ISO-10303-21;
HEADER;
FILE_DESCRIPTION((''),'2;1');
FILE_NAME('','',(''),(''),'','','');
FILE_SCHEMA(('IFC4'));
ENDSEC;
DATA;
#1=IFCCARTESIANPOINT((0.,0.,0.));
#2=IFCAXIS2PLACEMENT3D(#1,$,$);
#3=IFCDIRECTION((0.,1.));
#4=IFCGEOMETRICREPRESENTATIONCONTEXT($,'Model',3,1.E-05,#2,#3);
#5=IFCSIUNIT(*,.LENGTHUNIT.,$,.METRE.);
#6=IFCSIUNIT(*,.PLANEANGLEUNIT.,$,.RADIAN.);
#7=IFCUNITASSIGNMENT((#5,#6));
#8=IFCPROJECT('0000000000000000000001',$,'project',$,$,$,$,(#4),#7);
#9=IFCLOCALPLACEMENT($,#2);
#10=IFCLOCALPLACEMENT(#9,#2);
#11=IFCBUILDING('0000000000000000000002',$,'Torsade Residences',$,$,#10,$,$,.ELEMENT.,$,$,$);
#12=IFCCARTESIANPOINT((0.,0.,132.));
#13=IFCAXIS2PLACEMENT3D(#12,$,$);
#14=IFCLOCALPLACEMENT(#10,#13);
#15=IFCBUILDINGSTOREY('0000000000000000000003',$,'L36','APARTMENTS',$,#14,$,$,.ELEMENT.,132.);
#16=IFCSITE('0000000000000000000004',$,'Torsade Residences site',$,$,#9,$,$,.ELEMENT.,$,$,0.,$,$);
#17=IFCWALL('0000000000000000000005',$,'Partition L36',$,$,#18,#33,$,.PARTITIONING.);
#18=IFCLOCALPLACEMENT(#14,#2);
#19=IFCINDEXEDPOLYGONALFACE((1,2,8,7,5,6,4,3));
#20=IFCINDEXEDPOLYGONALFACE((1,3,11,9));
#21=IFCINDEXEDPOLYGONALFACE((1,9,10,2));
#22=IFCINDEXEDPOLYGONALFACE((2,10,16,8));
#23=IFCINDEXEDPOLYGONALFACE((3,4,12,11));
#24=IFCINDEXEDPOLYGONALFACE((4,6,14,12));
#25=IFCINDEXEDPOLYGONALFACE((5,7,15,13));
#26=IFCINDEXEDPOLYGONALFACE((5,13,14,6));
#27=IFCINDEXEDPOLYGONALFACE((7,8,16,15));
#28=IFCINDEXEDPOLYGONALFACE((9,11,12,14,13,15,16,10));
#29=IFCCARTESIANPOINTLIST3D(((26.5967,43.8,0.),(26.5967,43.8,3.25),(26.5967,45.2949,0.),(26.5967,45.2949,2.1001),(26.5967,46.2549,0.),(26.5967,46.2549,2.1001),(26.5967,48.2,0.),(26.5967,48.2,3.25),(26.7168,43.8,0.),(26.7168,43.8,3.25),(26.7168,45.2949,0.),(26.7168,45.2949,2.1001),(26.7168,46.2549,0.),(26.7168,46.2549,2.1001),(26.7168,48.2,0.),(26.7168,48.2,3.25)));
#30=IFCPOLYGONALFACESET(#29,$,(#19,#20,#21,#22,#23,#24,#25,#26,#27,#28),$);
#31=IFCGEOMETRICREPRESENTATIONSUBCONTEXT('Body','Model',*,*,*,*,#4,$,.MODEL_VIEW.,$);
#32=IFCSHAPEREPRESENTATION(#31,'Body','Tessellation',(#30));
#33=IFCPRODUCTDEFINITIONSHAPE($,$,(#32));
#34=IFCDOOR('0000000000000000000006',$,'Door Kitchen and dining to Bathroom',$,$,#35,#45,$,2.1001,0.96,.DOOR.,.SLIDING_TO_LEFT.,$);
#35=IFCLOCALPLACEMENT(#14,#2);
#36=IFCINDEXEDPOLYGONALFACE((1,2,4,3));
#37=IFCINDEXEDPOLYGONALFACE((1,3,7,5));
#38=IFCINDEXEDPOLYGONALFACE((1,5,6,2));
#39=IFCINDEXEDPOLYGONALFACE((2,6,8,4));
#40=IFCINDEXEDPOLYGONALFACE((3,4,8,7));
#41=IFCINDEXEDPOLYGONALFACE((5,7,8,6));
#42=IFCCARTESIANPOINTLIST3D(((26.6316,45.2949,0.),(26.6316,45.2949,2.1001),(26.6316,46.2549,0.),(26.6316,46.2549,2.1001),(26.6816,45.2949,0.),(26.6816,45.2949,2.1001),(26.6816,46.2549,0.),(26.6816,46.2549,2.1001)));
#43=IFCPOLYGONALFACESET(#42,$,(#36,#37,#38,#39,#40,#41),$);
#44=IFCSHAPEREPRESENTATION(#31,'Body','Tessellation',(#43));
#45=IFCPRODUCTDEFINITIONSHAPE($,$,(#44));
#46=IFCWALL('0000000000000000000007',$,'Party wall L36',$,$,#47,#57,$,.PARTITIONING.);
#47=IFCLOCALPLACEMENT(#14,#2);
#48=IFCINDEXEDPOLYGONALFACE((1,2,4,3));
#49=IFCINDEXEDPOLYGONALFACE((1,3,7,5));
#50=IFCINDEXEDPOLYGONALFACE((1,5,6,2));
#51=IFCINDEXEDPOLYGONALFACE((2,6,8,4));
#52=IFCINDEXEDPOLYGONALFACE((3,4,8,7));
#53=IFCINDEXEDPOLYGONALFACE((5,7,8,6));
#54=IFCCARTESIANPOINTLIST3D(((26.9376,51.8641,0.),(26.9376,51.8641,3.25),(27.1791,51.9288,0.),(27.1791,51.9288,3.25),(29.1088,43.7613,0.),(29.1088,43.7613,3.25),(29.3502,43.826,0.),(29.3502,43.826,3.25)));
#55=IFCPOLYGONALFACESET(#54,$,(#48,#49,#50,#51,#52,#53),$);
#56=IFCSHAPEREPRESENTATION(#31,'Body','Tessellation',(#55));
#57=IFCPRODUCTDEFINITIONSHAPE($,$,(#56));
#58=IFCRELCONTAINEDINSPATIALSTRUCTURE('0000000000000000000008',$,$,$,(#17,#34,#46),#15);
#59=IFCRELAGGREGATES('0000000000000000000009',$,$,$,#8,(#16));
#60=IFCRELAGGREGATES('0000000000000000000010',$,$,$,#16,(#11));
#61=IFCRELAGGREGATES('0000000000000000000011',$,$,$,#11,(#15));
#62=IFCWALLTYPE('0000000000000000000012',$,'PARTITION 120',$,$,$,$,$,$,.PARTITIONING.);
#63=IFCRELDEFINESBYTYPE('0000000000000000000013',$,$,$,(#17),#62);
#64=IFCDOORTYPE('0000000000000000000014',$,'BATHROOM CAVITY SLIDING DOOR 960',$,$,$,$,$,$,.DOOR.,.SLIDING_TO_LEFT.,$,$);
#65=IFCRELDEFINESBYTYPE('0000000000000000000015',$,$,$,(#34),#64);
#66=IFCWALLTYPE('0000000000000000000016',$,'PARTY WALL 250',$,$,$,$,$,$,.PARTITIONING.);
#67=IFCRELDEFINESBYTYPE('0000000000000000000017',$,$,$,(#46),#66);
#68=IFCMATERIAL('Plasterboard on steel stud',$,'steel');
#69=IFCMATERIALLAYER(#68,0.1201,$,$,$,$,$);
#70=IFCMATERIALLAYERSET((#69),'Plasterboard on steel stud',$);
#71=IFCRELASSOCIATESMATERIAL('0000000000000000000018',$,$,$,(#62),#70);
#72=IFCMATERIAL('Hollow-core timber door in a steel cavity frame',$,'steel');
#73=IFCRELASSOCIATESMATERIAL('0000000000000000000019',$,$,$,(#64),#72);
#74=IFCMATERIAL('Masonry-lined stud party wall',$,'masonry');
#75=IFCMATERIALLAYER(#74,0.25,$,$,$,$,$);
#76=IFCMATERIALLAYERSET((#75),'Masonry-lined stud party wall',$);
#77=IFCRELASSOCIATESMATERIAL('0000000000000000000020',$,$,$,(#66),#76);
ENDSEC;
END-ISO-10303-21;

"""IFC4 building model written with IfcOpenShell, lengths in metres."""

from ifc_helpers import new_model, si_unit, direction, frame, frame_2d, origin, place, context, subcontext, project, spatial, rectangle, extrude, material, layer, layer_set, type_object, element, fill, save


model = new_model("IFC4")

# Units and contexts
model_context = context("Model", 3, precision=1e-05, world=origin(), true_north=direction((0.0, 1.0)))
body_context = subcontext(model_context, "Body", "Model", "MODEL_VIEW")
ifc_project = project(units=[si_unit("LENGTHUNIT", "METRE"), si_unit("PLANEANGLEUNIT", "RADIAN")], contexts=[model_context])

# Site, building, storey
site_placement = place(None, origin())
site = spatial("IfcSite", under=ifc_project, at=site_placement, Name="Torsade Residences site", CompositionType="ELEMENT", RefElevation=0.0)
building_placement = place(site_placement, origin())
building = spatial("IfcBuilding", under=site, at=building_placement, Name="Torsade Residences", CompositionType="ELEMENT")
storey_placement = place(building_placement, frame((0.0, 0.0, 132.0)))
storey = spatial("IfcBuildingStorey", under=building, at=storey_placement, Name="L36", Description="APARTMENTS", CompositionType="ELEMENT", Elevation=132.0)

# Shared definitions
ifc_material_1 = material(Name="Plasterboard on steel stud", Category="steel")
ifc_layer_1 = layer(ifc_material_1, 0.1201)
ifc_layer_set_1 = layer_set([ifc_layer_1], Name="Plasterboard on steel stud")
wall_type_1 = type_object("IfcWallType", Name="PARTITION 120", PredefinedType="PARTITIONING", material=ifc_layer_set_1)
ifc_material_2 = material(Name="Hollow-core timber door in a steel cavity frame", Category="steel")
door_type_1 = type_object("IfcDoorType", Name="BATHROOM CAVITY SLIDING DOOR 960", OperationType="SLIDING_TO_LEFT", PredefinedType="DOOR", material=ifc_material_2)

# Wall, opening, door
wall_1_placement = place(storey_placement, frame((26.6567, 48.2, 0.0), z_axis=(0.0, 0.0, 1.0), x_axis=(0.0, -1.0, 0.0)))
wall_1 = element("IfcWall", 1, at=wall_1_placement, inside=storey, type_object=wall_type_1, Name="Partition L36", PredefinedType="PARTITIONING", context=body_context, shape_type="SweptSolid", body=[
    extrude(rectangle(XDim=4.3999, YDim=0.1201, at=frame_2d((2.2, 0.0))), origin(), (0.0, 0.0, 1.0), 3.25),
])
opening_1_placement = place(wall_1_placement, frame((1.9451, 0.0, 0.0)))
opening_1 = element("IfcOpeningElement", 2, at=opening_1_placement, cuts=wall_1, PredefinedType="OPENING", context=body_context, shape_type="SweptSolid", body=[
    extrude(rectangle(XDim=0.96, YDim=2.1001, at=frame_2d((0.48, 1.05))), frame((0.0, 0.0701, 0.0), z_axis=(0.0, -1.0, 0.0), x_axis=(1.0, 0.0, 0.0)), (0.0, 0.0, 1.0), 0.1401),
])
door_1_placement = place(opening_1_placement, origin())
door_1 = element("IfcDoor", 3, at=door_1_placement, inside=storey, type_object=door_type_1, Name="Door Kitchen and dining to Bathroom", OperationType="SLIDING_TO_LEFT", OverallHeight=2.1001, OverallWidth=0.96, PredefinedType="DOOR", context=body_context, shape_type="SweptSolid", body=[
    extrude(rectangle(XDim=0.96, YDim=2.1001, at=frame_2d((0.48, 1.05))), frame((0.0, 0.0249, 0.0), z_axis=(0.0, -1.0, 0.0), x_axis=(1.0, 0.0, 0.0)), (0.0, 0.0, 1.0), 0.05),
])
fill(opening_1, door_1)

# Wall
ifc_material_3 = material(Name="Masonry-lined stud party wall", Category="masonry")
ifc_layer_2 = layer(ifc_material_3, 0.25)
ifc_layer_set_2 = layer_set([ifc_layer_2], Name="Masonry-lined stud party wall")
wall_type_2 = type_object("IfcWallType", Name="PARTY WALL 250", PredefinedType="PARTITIONING", material=ifc_layer_set_2)
wall_2_placement = place(storey_placement, frame((27.0583, 51.8965, 0.0), z_axis=(0.0, 0.0, 1.0), x_axis=(0.25882, -0.965926, 0.0)))
element("IfcWall", 4, at=wall_2_placement, inside=storey, type_object=wall_type_2, Name="Party wall L36", PredefinedType="PARTITIONING", context=body_context, shape_type="SweptSolid", body=[
    extrude(rectangle(XDim=8.3887, YDim=0.25, at=frame_2d((4.1943, 0.0))), origin(), (0.0, 0.0, 1.0), 3.25),
])

save(model, "model.ifc")
